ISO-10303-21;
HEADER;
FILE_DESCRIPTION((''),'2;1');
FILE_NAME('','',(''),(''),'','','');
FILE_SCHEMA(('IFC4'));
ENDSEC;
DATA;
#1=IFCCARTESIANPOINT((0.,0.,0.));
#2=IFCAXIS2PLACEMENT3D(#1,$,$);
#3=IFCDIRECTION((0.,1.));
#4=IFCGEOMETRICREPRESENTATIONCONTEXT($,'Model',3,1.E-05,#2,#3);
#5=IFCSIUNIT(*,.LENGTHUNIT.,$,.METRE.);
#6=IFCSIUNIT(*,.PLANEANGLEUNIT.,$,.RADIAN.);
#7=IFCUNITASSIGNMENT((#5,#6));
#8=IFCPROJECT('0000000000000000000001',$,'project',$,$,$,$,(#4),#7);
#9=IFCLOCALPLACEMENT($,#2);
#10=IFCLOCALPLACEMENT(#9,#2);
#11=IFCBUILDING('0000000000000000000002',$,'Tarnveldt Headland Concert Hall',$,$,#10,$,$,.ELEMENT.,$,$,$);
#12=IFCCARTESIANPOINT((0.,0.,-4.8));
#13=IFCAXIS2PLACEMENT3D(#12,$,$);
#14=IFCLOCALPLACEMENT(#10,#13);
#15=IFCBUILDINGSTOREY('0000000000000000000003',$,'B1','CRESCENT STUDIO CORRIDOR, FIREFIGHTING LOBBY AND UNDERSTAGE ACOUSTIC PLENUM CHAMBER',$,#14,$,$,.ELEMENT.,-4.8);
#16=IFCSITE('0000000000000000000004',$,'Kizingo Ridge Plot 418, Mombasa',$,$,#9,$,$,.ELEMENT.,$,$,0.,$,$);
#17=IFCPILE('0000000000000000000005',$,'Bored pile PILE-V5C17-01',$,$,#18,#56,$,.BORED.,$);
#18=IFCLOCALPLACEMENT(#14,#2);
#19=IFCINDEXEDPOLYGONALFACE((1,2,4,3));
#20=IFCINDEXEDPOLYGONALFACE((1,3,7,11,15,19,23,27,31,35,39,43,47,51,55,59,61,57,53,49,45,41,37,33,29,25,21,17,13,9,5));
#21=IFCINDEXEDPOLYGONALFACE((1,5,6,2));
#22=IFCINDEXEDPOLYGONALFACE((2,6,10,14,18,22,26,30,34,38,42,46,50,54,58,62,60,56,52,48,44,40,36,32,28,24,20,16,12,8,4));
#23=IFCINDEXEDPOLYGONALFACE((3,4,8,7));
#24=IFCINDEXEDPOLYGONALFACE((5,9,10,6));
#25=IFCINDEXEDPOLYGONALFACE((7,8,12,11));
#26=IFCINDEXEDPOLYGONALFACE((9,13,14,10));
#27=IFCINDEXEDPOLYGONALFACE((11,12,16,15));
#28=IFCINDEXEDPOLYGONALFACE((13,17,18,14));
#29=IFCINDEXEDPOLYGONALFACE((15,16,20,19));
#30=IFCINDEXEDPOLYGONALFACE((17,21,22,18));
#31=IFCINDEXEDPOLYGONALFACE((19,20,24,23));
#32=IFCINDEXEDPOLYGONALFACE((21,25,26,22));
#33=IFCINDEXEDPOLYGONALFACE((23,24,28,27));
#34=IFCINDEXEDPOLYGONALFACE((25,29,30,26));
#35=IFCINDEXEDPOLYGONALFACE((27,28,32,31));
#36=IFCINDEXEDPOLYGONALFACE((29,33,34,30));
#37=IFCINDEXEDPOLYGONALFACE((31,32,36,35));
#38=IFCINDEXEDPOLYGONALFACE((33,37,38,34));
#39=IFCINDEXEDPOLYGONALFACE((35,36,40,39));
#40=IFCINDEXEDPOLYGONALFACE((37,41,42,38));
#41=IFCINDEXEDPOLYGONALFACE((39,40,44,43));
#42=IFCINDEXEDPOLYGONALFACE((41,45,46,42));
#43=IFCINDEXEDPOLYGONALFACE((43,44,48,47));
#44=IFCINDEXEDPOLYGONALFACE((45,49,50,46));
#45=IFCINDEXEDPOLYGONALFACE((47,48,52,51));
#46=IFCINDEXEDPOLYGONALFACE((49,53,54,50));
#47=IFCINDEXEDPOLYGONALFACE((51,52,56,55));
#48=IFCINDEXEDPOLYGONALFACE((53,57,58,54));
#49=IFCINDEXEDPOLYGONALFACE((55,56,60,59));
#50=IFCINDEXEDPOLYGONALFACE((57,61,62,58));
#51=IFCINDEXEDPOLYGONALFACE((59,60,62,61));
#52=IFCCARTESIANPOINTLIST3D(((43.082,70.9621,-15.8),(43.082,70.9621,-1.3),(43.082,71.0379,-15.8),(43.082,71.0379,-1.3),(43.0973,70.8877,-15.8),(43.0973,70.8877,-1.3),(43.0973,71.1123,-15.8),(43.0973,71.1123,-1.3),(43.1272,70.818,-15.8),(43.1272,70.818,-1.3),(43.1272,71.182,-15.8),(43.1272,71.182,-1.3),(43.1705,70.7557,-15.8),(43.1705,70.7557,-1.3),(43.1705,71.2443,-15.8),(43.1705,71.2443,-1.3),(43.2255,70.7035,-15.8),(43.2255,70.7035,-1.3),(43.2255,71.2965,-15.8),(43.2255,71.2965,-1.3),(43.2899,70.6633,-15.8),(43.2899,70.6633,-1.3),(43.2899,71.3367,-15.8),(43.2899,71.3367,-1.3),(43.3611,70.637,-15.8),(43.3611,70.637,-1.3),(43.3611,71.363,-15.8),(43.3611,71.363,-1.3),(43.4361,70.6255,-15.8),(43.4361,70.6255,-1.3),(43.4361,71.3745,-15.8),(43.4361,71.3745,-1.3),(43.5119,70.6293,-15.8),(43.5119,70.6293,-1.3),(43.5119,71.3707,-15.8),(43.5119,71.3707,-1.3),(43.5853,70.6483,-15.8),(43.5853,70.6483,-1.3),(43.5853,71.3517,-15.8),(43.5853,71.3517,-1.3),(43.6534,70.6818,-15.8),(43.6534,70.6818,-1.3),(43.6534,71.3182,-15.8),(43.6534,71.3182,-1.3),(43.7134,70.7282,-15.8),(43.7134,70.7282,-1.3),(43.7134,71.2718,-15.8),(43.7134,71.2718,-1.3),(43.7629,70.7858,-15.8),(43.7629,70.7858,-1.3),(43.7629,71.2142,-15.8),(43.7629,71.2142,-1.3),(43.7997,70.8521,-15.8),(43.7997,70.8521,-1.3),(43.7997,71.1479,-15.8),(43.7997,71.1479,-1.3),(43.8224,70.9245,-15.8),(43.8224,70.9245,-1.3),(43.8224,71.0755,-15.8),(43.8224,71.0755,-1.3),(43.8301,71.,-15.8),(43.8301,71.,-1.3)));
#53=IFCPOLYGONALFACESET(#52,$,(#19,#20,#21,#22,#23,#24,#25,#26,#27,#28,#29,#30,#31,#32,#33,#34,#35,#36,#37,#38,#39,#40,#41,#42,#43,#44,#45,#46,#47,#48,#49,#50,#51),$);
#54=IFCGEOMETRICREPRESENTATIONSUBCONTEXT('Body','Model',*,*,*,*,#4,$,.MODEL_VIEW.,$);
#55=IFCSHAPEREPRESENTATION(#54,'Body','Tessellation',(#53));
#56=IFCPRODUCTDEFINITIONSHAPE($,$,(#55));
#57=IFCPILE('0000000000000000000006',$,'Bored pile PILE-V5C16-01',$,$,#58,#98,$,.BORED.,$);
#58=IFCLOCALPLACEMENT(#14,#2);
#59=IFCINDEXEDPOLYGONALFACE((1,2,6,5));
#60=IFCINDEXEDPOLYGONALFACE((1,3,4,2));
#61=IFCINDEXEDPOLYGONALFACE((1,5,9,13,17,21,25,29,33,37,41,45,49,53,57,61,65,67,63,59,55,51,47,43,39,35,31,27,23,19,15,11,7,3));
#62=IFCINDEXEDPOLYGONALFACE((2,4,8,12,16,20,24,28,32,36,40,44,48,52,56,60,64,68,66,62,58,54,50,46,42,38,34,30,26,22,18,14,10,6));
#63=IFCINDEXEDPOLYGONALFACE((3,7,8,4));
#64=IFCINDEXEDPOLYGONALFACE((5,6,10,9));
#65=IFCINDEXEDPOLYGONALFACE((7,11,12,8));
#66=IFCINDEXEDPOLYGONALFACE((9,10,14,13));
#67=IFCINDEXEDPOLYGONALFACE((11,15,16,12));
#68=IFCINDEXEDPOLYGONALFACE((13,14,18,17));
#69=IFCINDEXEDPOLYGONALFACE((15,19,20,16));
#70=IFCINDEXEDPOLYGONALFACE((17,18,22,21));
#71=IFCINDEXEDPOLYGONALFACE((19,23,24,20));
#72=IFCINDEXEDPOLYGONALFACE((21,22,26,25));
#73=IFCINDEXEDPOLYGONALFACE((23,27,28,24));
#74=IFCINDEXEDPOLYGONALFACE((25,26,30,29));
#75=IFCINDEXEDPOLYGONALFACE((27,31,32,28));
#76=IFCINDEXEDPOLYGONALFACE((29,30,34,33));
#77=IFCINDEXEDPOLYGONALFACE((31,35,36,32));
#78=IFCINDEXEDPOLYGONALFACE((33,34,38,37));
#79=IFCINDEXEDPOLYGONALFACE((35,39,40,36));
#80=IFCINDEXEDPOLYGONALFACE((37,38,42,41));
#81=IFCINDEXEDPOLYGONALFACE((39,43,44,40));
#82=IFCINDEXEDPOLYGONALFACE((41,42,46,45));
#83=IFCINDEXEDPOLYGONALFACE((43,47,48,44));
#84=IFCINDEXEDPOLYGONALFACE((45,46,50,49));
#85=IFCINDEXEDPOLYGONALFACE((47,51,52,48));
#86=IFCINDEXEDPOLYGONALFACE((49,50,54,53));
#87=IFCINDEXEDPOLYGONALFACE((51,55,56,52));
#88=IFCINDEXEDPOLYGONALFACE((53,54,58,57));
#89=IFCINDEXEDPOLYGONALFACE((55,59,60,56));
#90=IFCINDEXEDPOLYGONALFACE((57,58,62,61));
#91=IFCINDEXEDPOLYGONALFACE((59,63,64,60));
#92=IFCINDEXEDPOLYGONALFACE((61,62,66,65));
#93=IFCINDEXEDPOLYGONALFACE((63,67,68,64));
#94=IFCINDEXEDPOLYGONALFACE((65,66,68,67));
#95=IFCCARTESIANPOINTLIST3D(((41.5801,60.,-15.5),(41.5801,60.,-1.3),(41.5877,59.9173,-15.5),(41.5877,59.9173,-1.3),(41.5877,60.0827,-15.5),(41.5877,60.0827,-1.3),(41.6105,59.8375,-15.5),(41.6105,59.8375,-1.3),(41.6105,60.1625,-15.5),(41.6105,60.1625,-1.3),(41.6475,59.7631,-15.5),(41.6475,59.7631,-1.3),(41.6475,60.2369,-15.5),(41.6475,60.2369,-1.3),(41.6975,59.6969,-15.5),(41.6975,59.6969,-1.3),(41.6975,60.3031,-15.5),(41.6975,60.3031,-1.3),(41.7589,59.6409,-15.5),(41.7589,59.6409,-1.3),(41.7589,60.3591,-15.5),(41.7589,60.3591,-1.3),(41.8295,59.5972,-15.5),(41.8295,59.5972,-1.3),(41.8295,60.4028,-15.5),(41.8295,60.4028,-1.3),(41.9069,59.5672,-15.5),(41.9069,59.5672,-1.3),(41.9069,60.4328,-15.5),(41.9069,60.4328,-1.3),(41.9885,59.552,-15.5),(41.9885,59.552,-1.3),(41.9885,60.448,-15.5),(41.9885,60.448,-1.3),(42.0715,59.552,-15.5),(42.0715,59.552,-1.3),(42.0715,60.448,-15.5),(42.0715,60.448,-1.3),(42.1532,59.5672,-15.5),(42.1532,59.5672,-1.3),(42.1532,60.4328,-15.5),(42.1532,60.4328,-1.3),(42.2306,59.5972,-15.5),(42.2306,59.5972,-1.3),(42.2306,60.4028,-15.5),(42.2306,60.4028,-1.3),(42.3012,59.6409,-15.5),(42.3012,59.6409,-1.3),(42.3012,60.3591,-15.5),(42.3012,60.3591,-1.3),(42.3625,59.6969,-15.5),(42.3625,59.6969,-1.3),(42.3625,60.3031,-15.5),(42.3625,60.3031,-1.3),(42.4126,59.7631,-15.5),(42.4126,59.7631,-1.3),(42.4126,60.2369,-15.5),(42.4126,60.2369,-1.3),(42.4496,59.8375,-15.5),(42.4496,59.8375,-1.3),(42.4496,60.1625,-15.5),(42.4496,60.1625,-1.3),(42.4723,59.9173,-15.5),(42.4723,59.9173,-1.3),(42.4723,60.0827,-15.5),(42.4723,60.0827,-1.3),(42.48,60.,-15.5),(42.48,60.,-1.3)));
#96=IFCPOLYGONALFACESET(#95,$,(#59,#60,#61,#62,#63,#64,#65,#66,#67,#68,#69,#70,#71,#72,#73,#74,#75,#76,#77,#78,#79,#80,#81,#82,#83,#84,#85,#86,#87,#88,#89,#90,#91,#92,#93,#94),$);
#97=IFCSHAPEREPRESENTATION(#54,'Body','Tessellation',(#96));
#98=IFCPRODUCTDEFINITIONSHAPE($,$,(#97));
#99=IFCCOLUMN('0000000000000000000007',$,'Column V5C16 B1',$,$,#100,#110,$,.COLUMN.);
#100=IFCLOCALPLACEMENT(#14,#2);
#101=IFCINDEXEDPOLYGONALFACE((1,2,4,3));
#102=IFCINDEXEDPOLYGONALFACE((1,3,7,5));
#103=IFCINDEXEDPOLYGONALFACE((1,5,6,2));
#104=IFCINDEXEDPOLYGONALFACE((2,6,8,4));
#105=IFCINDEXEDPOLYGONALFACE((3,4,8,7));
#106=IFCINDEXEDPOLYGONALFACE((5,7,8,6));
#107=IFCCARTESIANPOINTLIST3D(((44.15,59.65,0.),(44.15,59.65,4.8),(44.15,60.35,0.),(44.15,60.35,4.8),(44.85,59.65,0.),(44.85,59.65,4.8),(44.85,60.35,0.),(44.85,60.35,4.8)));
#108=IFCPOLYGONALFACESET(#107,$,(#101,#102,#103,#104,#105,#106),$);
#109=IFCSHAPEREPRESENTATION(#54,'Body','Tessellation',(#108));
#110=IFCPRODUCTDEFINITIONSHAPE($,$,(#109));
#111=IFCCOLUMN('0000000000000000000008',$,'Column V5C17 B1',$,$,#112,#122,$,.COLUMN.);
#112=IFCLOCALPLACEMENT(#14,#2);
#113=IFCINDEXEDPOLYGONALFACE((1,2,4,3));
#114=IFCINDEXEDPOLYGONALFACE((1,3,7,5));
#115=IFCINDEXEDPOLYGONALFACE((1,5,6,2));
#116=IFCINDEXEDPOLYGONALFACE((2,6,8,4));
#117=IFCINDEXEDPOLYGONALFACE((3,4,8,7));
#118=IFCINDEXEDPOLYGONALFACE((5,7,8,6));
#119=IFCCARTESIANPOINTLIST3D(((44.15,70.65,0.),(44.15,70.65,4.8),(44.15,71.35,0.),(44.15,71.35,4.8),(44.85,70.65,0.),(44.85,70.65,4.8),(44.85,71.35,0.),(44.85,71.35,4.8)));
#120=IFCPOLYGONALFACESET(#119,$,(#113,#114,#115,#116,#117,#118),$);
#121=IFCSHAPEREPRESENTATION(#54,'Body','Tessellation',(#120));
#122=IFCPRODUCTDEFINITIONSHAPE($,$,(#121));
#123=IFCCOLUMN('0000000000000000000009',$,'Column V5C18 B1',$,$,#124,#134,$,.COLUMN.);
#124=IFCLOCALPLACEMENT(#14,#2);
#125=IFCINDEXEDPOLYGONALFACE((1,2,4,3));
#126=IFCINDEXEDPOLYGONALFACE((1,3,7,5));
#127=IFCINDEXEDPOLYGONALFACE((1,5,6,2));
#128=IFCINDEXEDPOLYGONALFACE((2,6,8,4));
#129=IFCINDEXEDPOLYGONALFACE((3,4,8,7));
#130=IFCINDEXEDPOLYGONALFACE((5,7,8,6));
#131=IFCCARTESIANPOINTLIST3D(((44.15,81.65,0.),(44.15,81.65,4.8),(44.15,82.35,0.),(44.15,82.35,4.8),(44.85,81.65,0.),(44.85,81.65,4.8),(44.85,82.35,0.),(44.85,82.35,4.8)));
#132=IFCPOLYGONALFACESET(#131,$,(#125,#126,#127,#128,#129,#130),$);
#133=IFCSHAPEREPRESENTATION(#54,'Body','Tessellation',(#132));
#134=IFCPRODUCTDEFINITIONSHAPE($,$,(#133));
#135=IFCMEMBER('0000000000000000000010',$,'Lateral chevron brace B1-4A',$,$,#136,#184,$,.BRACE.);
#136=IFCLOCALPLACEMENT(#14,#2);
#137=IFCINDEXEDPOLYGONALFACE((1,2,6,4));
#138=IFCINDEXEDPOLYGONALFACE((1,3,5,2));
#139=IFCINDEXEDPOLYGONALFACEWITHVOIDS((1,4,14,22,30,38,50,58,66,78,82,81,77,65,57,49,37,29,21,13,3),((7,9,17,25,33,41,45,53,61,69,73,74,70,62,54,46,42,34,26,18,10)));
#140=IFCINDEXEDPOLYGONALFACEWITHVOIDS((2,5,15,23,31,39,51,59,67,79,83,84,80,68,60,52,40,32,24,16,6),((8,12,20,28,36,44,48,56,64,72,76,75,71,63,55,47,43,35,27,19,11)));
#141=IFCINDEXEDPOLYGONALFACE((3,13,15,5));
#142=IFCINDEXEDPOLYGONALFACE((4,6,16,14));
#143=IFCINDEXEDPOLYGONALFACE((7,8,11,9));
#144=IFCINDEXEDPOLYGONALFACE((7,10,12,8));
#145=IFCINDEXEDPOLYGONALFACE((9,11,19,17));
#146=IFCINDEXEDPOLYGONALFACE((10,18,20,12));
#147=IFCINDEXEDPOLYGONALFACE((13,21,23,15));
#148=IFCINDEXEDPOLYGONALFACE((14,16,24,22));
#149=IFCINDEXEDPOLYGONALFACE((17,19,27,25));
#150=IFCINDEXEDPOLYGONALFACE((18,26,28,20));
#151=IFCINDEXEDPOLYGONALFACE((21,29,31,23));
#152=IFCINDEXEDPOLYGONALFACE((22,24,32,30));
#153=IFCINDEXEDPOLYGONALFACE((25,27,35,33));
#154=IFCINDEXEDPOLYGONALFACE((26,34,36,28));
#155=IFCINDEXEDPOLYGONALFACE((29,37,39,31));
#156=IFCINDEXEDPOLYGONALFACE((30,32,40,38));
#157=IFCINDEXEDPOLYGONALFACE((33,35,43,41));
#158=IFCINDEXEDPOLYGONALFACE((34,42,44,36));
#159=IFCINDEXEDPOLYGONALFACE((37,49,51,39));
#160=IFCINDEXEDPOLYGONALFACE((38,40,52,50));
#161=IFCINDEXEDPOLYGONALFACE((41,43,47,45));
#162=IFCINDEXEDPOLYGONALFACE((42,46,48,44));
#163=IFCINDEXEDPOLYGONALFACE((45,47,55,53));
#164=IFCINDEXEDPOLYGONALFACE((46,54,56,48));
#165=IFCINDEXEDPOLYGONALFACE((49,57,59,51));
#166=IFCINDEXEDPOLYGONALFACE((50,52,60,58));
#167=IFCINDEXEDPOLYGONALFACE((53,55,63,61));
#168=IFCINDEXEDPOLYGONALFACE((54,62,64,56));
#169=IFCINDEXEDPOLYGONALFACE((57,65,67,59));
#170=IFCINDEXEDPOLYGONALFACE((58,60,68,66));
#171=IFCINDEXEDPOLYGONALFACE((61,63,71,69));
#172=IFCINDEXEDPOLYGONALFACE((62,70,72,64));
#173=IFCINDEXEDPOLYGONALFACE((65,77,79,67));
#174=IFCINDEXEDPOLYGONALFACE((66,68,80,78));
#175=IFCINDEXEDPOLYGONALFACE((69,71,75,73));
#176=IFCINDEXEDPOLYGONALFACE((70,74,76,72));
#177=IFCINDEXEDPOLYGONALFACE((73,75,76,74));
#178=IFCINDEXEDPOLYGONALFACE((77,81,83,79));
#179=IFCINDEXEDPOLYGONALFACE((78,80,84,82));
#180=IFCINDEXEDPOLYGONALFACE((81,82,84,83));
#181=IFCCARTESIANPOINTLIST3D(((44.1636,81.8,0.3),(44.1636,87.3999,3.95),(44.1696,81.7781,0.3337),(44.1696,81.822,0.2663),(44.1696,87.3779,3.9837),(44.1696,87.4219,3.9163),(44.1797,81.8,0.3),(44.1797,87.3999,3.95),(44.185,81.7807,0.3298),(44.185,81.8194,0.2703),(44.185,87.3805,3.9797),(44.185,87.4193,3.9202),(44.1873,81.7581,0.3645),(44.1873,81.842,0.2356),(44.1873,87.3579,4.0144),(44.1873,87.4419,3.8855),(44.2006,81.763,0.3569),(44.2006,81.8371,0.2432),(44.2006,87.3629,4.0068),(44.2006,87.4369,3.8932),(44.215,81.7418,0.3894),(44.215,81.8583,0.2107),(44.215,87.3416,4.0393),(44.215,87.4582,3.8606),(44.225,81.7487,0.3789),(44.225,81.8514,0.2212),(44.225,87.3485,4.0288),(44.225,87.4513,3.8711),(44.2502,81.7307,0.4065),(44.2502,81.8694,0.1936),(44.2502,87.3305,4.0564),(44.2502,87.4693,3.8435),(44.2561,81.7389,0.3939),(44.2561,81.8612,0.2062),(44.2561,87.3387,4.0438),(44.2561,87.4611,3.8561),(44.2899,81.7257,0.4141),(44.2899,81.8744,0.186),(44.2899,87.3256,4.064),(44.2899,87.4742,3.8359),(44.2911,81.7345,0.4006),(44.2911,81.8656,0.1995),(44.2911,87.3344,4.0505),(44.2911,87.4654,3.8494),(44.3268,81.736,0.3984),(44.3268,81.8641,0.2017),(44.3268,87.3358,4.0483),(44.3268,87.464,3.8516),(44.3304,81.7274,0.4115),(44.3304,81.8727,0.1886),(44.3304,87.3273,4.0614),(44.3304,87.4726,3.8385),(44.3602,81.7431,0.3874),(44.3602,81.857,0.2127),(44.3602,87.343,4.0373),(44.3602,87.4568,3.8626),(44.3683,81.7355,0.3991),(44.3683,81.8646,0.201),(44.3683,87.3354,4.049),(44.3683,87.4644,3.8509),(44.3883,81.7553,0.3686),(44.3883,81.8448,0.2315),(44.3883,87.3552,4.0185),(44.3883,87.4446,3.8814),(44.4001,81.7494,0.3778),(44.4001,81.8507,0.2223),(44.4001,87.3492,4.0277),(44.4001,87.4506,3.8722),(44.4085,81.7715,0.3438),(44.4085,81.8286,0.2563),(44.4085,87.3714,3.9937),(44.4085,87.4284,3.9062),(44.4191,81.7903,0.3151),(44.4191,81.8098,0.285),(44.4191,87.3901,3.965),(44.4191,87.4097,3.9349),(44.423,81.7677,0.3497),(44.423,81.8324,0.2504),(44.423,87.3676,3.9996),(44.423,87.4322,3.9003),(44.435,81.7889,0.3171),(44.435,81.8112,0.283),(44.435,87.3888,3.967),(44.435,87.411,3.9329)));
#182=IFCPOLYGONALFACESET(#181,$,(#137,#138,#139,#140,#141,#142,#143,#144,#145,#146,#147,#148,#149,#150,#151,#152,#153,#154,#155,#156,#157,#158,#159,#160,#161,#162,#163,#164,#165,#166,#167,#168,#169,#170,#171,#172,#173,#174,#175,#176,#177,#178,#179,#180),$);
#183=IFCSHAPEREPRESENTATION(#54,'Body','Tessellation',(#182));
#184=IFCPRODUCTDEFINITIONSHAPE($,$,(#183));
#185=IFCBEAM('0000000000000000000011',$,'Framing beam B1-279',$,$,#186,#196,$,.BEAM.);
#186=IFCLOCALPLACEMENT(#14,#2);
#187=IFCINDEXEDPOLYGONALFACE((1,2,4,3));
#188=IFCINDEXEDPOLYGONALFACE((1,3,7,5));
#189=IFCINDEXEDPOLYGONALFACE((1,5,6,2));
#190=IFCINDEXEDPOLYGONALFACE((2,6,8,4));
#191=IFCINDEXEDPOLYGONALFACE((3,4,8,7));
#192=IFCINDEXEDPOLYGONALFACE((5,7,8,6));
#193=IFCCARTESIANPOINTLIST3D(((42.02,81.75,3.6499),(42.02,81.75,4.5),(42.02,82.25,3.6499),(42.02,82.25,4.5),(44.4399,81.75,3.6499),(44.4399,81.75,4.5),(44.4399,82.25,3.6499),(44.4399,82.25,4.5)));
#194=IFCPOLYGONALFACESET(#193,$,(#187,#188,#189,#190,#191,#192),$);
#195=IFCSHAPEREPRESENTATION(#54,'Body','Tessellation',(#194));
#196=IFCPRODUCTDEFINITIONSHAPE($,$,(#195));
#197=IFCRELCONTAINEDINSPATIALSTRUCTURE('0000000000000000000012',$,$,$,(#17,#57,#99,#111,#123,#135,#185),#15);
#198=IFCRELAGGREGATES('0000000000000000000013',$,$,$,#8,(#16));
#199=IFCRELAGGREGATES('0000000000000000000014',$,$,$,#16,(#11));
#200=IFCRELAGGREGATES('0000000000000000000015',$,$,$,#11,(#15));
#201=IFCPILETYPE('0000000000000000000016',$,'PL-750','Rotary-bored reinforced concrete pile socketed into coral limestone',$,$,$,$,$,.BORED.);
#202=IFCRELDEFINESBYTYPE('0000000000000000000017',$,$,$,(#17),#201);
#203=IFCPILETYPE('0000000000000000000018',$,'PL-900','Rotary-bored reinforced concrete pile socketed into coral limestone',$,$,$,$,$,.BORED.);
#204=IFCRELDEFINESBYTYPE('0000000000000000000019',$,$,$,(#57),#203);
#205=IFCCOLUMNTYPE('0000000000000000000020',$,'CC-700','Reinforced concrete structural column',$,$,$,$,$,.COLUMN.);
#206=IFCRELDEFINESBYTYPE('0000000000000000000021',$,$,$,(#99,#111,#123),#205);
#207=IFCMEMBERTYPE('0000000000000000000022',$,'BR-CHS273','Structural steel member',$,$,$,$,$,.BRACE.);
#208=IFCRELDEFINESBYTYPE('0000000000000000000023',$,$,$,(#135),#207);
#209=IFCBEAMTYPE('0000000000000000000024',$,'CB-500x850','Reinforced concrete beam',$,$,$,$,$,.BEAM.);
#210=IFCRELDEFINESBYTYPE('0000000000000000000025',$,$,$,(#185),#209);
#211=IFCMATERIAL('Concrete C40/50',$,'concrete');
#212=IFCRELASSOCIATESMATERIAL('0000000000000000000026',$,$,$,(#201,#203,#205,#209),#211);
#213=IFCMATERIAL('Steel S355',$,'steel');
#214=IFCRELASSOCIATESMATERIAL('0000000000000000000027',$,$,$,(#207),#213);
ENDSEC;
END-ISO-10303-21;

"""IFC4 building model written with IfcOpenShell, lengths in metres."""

from ifc_helpers import new_model, si_unit, direction, frame, origin, origin_2d, place, context, subcontext, project, spatial, rectangle, circle, hollow_circle, extrude, material, material_profile, profile_set, type_object, element, save


model = new_model("IFC4")

# Units and contexts
model_context = context("Model", 3, precision=1e-05, world=origin(), true_north=direction((0.0, 1.0)))
body_context = subcontext(model_context, "Body", "Model", "MODEL_VIEW")
ifc_project = project(units=[si_unit("LENGTHUNIT", "METRE"), si_unit("PLANEANGLEUNIT", "RADIAN")], contexts=[model_context])

# Site, building, storey
site_placement = place(None, origin())
site = spatial("IfcSite", under=ifc_project, at=site_placement, Name="Kizingo Ridge Plot 418, Mombasa", CompositionType="ELEMENT", RefElevation=0.0)
building_placement = place(site_placement, origin())
building = spatial("IfcBuilding", under=site, at=building_placement, Name="Tarnveldt Headland Concert Hall", CompositionType="ELEMENT")
storey_placement = place(building_placement, frame((0.0, 0.0, -4.8)))
storey = spatial("IfcBuildingStorey", under=building, at=storey_placement, Name="B1", Description="CRESCENT STUDIO CORRIDOR, FIREFIGHTING LOBBY AND UNDERSTAGE ACOUSTIC PLENUM CHAMBER", CompositionType="ELEMENT", Elevation=-4.8)

# Shared definitions
ifc_material_1 = material(Name="Concrete C40/50", Category="concrete")

# Piles
ifc_material_profile_1 = material_profile(ifc_material_1, circle(Radius=0.375, at=origin_2d()), Name="BORED PILE D750", Category="concrete")
ifc_profile_set_1 = profile_set([ifc_material_profile_1], Name="Concrete C40/50")
pile_type_1 = type_object("IfcPileType", Name="PL-750", Description="Rotary-bored reinforced concrete pile socketed into coral limestone", PredefinedType="BORED", material=ifc_profile_set_1)
pile_1_placement = place(storey_placement, frame((43.4551, 71.0, -1.3), z_axis=(0.0, 0.0, -1.0), x_axis=(1.0, 0.0, 0.0)))
element("IfcPile", 1, at=pile_1_placement, inside=storey, type_object=pile_type_1, Name="Bored pile PILE-V5C17-01", PredefinedType="BORED", context=body_context, shape_type="SweptSolid", body=[
    extrude(circle(Radius=0.375, at=origin_2d()), origin(), (0.0, 0.0, 1.0), 14.5),
])
ifc_material_profile_2 = material_profile(ifc_material_1, circle(Radius=0.45, at=origin_2d()), Name="BORED PILE D900", Category="concrete")
ifc_profile_set_2 = profile_set([ifc_material_profile_2], Name="Concrete C40/50")
pile_type_2 = type_object("IfcPileType", Name="PL-900", Description="Rotary-bored reinforced concrete pile socketed into coral limestone", PredefinedType="BORED", material=ifc_profile_set_2)
pile_2_placement = place(storey_placement, frame((42.03, 60.0, -1.3), z_axis=(0.0, 0.0, -1.0), x_axis=(1.0, 0.0, 0.0)))
element("IfcPile", 2, at=pile_2_placement, inside=storey, type_object=pile_type_2, Name="Bored pile PILE-V5C16-01", PredefinedType="BORED", context=body_context, shape_type="SweptSolid", body=[
    extrude(circle(Radius=0.45, at=origin_2d()), origin(), (0.0, 0.0, 1.0), 14.2),
])

# Columns
ifc_material_profile_3 = material_profile(ifc_material_1, rectangle(XDim=0.7, YDim=0.7, at=origin_2d()), Name="RC 700x700", Category="concrete")
ifc_profile_set_3 = profile_set([ifc_material_profile_3], Name="Concrete C40/50")
column_type = type_object("IfcColumnType", Name="CC-700", Description="Reinforced concrete structural column", PredefinedType="COLUMN", material=ifc_profile_set_3)
for number, where, z_axis, x_axis, name in (
    (3, (44.5, 60.0, 0.0), (0.0, 0.0, 1.0), (1.0, 0.0, 0.0), "Column V5C16 B1"),
    (4, (44.5, 71.0, 0.0), (0.0, 0.0, 1.0), (1.0, 0.0, 0.0), "Column V5C17 B1"),
    (5, (44.5, 82.0, 0.0), (0.0, 0.0, 1.0), (1.0, 0.0, 0.0), "Column V5C18 B1"),
):
    element("IfcColumn", number, at=place(storey_placement, frame(where, z_axis=z_axis, x_axis=x_axis)), inside=storey, type_object=column_type, Name=name, PredefinedType="COLUMN", context=body_context, shape_type="SweptSolid", body=[
        extrude(rectangle(XDim=0.7, YDim=0.7, at=origin_2d()), origin(), (0.0, 0.0, 1.0), 4.8),
    ])

# Member
ifc_material_2 = material(Name="Steel S355", Category="steel")
ifc_material_profile_4 = material_profile(ifc_material_2, hollow_circle(Radius=0.1365, WallThickness=0.0161, at=origin_2d()), Name="CHS 273x16", Category="steel")
ifc_profile_set_4 = profile_set([ifc_material_profile_4], Name="Steel S355")
member_type = type_object("IfcMemberType", Name="BR-CHS273", Description="Structural steel member", PredefinedType="BRACE", material=ifc_profile_set_4)
member_placement = place(storey_placement, frame((44.3, 81.8, 0.3), z_axis=(0.0, 0.83776, 0.546039), x_axis=(-1.0, 0.0, 0.0)))
element("IfcMember", 6, at=member_placement, inside=storey, type_object=member_type, Name="Lateral chevron brace B1-4A", PredefinedType="BRACE", context=body_context, shape_type="SweptSolid", body=[
    extrude(hollow_circle(Radius=0.1365, WallThickness=0.0161, at=origin_2d()), origin(), (0.0, 0.0, 1.0), 6.6843),
])

# Beam
ifc_material_profile_5 = material_profile(ifc_material_1, rectangle(XDim=0.5, YDim=0.8501, at=origin_2d()), Name="RC 500x850", Category="concrete")
ifc_profile_set_5 = profile_set([ifc_material_profile_5], Name="Concrete C40/50")
beam_type = type_object("IfcBeamType", Name="CB-500x850", Description="Reinforced concrete beam", PredefinedType="BEAM", material=ifc_profile_set_5)
beam_placement = place(storey_placement, frame((42.02, 82.0, 4.075), z_axis=(1.0, 0.0, 0.0), x_axis=(0.0, 1.0, 0.0)))
element("IfcBeam", 7, at=beam_placement, inside=storey, type_object=beam_type, Name="Framing beam B1-279", PredefinedType="BEAM", context=body_context, shape_type="SweptSolid", body=[
    extrude(rectangle(XDim=0.5, YDim=0.8501, at=origin_2d()), origin(), (0.0, 0.0, 1.0), 2.4199),
])

save(model, "model.ifc")
